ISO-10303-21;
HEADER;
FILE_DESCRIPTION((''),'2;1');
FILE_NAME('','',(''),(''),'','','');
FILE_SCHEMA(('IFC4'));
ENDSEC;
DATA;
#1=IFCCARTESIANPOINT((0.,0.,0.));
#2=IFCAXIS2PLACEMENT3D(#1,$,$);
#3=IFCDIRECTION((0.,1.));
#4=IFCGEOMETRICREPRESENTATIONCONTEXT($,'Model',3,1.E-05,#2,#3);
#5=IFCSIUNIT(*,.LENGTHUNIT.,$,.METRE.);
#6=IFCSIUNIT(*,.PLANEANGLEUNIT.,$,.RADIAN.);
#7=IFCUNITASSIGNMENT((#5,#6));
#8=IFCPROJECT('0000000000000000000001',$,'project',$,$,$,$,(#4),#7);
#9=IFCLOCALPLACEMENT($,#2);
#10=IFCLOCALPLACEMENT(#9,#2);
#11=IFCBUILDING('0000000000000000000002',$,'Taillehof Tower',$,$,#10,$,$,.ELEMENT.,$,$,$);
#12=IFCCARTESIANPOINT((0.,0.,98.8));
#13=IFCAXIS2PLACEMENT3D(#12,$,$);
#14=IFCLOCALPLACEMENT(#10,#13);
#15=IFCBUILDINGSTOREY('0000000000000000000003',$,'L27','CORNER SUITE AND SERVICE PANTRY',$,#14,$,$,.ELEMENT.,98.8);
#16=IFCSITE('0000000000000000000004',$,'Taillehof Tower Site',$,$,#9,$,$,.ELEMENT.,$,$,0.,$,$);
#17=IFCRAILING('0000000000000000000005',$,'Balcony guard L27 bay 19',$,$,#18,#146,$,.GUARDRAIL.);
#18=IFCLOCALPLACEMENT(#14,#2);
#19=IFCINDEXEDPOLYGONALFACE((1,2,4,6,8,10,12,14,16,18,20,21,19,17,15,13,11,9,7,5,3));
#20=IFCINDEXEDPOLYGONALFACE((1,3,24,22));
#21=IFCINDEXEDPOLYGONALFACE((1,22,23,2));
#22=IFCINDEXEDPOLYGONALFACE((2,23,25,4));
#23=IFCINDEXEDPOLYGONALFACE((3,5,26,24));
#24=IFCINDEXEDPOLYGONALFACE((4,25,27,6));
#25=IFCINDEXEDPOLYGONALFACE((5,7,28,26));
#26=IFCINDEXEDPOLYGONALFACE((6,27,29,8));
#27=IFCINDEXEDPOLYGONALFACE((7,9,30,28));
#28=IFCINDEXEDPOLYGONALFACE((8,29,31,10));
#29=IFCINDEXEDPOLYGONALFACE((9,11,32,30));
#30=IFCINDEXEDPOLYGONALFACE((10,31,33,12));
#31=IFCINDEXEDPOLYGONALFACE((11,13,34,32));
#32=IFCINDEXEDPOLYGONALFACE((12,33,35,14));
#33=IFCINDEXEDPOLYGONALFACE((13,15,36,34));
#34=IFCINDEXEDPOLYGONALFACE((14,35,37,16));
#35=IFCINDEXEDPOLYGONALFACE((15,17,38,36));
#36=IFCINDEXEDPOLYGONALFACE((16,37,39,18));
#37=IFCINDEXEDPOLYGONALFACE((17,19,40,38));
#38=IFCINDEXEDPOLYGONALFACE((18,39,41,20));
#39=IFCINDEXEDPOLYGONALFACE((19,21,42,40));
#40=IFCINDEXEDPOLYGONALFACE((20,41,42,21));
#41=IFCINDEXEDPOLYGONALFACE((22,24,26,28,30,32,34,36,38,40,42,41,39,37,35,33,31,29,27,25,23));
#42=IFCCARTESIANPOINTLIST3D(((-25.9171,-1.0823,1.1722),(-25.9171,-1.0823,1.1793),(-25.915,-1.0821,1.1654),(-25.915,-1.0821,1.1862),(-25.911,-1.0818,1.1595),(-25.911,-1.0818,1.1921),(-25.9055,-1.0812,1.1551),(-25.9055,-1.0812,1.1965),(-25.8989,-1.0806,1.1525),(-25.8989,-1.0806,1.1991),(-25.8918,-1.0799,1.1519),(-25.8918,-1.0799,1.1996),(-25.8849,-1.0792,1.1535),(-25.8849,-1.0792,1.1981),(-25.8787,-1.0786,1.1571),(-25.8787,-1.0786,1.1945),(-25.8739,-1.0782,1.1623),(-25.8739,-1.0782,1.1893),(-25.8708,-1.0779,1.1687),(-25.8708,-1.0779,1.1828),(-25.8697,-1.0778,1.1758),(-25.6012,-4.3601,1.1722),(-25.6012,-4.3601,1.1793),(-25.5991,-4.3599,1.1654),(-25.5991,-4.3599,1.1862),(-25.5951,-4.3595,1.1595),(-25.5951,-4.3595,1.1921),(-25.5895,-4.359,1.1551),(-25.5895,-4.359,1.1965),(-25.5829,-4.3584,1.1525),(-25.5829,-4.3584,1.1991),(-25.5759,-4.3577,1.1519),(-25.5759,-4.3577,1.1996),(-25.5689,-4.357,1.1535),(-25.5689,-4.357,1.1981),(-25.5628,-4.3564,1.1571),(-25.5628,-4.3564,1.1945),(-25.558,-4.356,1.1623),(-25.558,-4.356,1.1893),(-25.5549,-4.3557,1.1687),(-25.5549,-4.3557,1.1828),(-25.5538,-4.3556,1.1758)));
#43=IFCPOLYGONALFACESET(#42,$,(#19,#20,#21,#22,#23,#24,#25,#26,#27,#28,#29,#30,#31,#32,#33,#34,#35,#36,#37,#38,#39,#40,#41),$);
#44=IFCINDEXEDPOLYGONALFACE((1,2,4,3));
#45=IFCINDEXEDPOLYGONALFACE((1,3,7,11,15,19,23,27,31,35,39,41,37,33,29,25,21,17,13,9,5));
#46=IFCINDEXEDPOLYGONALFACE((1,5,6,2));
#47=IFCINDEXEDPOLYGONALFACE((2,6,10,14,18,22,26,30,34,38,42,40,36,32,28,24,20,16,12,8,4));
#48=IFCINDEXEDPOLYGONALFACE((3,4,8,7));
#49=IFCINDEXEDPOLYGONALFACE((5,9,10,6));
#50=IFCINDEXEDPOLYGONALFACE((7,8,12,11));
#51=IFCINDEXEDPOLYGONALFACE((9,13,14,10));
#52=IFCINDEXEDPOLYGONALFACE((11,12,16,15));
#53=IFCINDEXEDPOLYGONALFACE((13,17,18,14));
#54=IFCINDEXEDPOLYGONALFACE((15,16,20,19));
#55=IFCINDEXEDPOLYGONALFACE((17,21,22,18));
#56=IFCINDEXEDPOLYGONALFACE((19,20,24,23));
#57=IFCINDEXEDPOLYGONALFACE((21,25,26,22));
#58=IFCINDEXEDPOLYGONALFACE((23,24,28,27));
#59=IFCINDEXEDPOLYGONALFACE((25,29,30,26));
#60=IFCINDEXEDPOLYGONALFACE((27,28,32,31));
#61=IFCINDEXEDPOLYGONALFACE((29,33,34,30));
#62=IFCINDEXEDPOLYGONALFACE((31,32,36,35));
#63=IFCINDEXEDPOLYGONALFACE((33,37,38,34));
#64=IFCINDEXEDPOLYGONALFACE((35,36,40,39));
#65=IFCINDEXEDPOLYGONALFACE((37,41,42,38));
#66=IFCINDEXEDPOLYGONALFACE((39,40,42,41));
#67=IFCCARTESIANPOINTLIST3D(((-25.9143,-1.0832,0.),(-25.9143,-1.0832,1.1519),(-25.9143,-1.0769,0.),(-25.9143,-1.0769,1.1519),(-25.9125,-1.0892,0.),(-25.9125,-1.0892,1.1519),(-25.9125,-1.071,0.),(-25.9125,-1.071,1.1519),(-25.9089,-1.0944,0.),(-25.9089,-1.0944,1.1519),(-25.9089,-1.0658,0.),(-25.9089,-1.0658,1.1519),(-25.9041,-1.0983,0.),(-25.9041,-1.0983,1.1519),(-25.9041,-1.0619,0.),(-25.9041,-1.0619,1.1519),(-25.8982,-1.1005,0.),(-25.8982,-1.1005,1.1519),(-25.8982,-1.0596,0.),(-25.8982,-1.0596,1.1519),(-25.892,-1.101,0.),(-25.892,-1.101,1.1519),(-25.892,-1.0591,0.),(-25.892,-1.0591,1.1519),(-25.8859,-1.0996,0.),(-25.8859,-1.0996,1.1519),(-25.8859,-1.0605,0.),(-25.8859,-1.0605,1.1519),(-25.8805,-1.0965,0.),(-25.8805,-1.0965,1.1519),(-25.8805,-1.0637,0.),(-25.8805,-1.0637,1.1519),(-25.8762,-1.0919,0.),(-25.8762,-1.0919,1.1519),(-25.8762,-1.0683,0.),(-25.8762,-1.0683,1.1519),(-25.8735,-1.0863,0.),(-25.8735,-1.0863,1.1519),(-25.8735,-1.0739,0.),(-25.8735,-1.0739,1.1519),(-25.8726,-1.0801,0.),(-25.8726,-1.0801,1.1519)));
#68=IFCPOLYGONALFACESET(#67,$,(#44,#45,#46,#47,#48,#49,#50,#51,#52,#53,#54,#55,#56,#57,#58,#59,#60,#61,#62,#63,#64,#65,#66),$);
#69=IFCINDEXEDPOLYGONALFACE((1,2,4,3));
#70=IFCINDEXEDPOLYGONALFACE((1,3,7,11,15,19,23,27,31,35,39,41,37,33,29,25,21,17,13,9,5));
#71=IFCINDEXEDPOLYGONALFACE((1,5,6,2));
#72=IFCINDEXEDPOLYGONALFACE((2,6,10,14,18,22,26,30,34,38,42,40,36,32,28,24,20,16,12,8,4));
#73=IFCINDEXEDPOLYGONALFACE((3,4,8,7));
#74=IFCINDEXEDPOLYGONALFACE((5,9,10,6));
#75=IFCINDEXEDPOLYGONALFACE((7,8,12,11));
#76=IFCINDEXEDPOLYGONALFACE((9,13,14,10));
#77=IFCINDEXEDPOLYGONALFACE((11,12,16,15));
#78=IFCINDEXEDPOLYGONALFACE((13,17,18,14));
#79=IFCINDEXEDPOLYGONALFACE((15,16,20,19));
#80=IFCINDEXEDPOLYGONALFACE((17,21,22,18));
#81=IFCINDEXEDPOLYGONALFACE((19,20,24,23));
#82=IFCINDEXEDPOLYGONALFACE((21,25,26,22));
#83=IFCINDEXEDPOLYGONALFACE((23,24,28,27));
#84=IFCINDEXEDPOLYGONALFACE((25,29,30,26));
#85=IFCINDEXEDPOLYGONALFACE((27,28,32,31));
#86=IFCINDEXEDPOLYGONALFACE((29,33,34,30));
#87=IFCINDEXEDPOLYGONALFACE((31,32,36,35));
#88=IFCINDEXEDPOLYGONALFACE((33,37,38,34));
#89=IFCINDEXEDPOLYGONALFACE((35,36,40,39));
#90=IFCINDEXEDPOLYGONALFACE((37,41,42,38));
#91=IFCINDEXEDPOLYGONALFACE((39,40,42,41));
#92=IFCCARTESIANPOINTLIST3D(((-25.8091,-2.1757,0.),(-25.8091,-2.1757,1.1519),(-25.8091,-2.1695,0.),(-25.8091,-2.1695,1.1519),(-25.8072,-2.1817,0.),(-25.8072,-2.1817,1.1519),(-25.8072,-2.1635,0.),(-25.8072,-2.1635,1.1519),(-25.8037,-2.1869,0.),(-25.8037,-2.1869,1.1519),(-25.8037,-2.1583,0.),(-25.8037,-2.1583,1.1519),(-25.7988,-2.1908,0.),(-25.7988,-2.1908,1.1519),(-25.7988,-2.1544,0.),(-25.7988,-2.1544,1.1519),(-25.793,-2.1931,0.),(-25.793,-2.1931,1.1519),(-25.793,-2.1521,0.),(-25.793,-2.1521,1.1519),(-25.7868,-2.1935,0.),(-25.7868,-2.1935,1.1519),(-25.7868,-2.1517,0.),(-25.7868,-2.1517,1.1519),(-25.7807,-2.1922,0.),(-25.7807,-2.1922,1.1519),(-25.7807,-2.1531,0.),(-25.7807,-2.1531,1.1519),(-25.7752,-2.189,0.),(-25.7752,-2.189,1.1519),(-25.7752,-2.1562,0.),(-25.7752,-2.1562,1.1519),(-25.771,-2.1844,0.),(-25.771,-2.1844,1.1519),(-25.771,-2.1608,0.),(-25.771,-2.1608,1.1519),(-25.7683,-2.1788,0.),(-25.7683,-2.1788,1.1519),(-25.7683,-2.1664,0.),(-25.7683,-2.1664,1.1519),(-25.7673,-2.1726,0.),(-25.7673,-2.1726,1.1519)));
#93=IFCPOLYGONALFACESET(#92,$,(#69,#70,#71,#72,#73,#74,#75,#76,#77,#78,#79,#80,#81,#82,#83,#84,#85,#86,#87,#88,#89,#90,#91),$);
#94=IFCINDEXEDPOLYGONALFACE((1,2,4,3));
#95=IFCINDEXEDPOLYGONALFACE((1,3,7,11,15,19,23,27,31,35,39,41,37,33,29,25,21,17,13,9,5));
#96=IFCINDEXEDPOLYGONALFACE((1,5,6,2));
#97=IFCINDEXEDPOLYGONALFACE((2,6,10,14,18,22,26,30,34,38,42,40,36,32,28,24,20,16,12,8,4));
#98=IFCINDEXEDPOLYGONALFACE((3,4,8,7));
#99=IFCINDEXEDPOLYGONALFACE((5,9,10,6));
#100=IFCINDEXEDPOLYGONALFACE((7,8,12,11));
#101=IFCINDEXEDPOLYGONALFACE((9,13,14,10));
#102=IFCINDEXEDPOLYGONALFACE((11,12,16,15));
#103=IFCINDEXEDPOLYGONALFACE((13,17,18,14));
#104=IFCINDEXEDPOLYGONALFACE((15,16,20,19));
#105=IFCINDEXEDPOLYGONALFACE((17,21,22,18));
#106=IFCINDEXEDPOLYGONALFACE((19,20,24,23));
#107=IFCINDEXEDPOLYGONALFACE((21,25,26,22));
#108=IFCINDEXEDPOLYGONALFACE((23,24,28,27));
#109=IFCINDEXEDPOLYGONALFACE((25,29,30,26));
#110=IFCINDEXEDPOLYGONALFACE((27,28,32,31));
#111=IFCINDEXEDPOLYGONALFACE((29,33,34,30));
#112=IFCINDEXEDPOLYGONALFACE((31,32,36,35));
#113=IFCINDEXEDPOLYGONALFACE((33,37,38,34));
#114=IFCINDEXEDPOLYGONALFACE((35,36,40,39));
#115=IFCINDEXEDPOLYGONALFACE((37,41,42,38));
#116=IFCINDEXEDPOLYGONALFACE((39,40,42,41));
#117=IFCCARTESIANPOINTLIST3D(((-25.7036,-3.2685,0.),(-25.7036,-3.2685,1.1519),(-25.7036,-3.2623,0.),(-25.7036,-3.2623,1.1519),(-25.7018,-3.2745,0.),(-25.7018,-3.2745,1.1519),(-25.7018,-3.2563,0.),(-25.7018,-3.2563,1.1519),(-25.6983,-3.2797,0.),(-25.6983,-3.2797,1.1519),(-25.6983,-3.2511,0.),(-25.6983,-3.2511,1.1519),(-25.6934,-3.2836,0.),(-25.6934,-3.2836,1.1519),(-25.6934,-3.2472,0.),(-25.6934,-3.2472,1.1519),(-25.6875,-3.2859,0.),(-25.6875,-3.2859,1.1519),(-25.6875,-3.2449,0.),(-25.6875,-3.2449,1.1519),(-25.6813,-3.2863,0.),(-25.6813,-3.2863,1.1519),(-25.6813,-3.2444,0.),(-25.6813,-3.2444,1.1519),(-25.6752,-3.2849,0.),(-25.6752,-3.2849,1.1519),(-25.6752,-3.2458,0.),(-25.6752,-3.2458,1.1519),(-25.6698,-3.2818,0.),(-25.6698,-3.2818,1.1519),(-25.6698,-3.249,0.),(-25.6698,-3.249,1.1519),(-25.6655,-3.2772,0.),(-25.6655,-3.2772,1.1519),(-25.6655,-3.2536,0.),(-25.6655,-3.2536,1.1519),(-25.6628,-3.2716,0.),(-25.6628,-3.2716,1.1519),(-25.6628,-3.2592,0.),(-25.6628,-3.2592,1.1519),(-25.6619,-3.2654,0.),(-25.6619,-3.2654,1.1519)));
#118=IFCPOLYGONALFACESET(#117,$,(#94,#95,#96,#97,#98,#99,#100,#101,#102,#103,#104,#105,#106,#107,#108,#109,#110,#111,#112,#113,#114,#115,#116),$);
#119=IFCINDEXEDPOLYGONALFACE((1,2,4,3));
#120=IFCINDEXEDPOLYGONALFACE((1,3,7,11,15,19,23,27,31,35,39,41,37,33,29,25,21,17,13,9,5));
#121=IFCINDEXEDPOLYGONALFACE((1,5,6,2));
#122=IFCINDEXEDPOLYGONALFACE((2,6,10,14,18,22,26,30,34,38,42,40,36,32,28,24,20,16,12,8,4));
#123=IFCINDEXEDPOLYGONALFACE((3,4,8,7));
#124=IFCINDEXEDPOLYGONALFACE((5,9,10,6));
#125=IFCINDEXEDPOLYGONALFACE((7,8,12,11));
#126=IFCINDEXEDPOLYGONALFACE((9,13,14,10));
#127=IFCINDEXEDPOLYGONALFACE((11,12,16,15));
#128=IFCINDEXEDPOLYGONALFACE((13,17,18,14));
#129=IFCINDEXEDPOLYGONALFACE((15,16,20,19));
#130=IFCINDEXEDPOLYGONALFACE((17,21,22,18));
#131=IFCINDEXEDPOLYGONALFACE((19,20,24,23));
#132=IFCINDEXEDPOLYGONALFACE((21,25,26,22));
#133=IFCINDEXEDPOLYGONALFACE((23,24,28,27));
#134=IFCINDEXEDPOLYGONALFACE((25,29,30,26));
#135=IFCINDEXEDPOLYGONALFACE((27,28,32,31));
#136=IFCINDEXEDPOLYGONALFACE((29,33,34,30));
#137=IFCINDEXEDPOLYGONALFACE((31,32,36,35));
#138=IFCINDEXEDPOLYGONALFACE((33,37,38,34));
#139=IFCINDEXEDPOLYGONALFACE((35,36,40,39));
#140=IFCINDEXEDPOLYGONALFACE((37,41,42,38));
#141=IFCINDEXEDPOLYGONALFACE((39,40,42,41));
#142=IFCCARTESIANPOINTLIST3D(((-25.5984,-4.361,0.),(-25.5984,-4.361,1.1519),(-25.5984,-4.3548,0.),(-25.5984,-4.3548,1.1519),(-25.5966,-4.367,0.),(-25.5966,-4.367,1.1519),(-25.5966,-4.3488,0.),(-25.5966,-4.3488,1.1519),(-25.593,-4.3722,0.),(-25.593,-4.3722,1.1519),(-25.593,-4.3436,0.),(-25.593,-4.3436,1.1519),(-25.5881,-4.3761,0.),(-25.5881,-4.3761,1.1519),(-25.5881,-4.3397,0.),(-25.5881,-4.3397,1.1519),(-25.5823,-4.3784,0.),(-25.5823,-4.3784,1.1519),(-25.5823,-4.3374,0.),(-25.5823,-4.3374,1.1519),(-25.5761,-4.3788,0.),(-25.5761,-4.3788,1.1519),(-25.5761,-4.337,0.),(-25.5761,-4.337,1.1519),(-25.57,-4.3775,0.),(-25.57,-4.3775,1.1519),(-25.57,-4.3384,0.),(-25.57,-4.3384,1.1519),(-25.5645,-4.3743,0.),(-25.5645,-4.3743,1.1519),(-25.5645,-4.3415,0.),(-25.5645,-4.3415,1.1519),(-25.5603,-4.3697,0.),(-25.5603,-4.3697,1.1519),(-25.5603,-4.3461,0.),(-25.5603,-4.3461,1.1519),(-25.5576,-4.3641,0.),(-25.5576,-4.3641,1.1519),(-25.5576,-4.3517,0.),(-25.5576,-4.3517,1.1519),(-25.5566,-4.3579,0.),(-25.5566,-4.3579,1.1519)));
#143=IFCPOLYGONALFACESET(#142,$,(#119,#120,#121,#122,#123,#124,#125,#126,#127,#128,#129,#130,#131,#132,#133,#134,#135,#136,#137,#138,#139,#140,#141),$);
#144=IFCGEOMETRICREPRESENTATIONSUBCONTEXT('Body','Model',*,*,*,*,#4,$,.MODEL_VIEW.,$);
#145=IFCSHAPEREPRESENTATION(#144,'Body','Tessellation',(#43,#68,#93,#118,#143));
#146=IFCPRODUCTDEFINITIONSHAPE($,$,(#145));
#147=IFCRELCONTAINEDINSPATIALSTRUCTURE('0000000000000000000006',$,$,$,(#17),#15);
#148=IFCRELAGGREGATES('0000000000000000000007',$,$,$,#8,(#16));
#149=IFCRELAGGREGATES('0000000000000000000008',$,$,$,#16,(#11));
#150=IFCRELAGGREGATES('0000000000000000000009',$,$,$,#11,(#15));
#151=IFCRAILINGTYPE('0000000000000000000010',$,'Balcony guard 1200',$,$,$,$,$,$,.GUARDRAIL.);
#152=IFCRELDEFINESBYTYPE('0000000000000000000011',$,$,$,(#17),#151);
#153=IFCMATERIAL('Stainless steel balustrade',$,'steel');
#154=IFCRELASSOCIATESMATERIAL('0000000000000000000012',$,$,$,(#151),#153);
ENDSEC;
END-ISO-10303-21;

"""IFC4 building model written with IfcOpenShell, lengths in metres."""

from ifc_helpers import new_model, si_unit, direction, frame, origin, origin_2d, place, context, subcontext, project, spatial, circle, extrude, material, type_object, element, save


model = new_model("IFC4")

# Units and contexts
model_context = context("Model", 3, precision=1e-05, world=origin(), true_north=direction((0.0, 1.0)))
body_context = subcontext(model_context, "Body", "Model", "MODEL_VIEW")
ifc_project = project(units=[si_unit("LENGTHUNIT", "METRE"), si_unit("PLANEANGLEUNIT", "RADIAN")], contexts=[model_context])

# Site, building, storey
site_placement = place(None, origin())
site = spatial("IfcSite", under=ifc_project, at=site_placement, Name="Taillehof Tower Site", CompositionType="ELEMENT", RefElevation=0.0)
building_placement = place(site_placement, origin())
building = spatial("IfcBuilding", under=site, at=building_placement, Name="Taillehof Tower", CompositionType="ELEMENT")
storey_placement = place(building_placement, frame((0.0, 0.0, 98.8)))
storey = spatial("IfcBuildingStorey", under=building, at=storey_placement, Name="L27", Description="CORNER SUITE AND SERVICE PANTRY", CompositionType="ELEMENT", Elevation=98.8)

# Railing
ifc_material_1 = material(Name="Stainless steel balustrade", Category="steel")
railing_type = type_object("IfcRailingType", Name="Balcony guard 1200", PredefinedType="GUARDRAIL", material=ifc_material_1)
railing_1_placement = place(storey_placement, frame((-25.8936, -1.0801, 0.0)))
element("IfcRailing", 1, at=railing_1_placement, inside=storey, type_object=railing_type, Name="Balcony guard L27 bay 19", PredefinedType="GUARDRAIL", context=body_context, shape_type="SweptSolid", body=[
    extrude(circle(Radius=0.0239, at=origin_2d()), frame((0.0, 0.0, 1.1758), z_axis=(0.095936, -0.995388, 0.0), x_axis=(0.995388, 0.095936, 0.0)), (0.0, 0.0, 1.0), 3.293),
    extrude(circle(Radius=0.021, at=origin_2d()), origin(), (0.0, 0.0, 1.0), 1.1519),
    extrude(circle(Radius=0.021, at=origin_2d()), frame((0.1052, -1.0925, 0.0)), (0.0, 0.0, 1.0), 1.1519),
    extrude(circle(Radius=0.021, at=origin_2d()), frame((0.2107, -2.1853, 0.0)), (0.0, 0.0, 1.0), 1.1519),
    extrude(circle(Radius=0.021, at=origin_2d()), frame((0.3159, -3.2778, 0.0)), (0.0, 0.0, 1.0), 1.1519),
])

save(model, "model.ifc")
